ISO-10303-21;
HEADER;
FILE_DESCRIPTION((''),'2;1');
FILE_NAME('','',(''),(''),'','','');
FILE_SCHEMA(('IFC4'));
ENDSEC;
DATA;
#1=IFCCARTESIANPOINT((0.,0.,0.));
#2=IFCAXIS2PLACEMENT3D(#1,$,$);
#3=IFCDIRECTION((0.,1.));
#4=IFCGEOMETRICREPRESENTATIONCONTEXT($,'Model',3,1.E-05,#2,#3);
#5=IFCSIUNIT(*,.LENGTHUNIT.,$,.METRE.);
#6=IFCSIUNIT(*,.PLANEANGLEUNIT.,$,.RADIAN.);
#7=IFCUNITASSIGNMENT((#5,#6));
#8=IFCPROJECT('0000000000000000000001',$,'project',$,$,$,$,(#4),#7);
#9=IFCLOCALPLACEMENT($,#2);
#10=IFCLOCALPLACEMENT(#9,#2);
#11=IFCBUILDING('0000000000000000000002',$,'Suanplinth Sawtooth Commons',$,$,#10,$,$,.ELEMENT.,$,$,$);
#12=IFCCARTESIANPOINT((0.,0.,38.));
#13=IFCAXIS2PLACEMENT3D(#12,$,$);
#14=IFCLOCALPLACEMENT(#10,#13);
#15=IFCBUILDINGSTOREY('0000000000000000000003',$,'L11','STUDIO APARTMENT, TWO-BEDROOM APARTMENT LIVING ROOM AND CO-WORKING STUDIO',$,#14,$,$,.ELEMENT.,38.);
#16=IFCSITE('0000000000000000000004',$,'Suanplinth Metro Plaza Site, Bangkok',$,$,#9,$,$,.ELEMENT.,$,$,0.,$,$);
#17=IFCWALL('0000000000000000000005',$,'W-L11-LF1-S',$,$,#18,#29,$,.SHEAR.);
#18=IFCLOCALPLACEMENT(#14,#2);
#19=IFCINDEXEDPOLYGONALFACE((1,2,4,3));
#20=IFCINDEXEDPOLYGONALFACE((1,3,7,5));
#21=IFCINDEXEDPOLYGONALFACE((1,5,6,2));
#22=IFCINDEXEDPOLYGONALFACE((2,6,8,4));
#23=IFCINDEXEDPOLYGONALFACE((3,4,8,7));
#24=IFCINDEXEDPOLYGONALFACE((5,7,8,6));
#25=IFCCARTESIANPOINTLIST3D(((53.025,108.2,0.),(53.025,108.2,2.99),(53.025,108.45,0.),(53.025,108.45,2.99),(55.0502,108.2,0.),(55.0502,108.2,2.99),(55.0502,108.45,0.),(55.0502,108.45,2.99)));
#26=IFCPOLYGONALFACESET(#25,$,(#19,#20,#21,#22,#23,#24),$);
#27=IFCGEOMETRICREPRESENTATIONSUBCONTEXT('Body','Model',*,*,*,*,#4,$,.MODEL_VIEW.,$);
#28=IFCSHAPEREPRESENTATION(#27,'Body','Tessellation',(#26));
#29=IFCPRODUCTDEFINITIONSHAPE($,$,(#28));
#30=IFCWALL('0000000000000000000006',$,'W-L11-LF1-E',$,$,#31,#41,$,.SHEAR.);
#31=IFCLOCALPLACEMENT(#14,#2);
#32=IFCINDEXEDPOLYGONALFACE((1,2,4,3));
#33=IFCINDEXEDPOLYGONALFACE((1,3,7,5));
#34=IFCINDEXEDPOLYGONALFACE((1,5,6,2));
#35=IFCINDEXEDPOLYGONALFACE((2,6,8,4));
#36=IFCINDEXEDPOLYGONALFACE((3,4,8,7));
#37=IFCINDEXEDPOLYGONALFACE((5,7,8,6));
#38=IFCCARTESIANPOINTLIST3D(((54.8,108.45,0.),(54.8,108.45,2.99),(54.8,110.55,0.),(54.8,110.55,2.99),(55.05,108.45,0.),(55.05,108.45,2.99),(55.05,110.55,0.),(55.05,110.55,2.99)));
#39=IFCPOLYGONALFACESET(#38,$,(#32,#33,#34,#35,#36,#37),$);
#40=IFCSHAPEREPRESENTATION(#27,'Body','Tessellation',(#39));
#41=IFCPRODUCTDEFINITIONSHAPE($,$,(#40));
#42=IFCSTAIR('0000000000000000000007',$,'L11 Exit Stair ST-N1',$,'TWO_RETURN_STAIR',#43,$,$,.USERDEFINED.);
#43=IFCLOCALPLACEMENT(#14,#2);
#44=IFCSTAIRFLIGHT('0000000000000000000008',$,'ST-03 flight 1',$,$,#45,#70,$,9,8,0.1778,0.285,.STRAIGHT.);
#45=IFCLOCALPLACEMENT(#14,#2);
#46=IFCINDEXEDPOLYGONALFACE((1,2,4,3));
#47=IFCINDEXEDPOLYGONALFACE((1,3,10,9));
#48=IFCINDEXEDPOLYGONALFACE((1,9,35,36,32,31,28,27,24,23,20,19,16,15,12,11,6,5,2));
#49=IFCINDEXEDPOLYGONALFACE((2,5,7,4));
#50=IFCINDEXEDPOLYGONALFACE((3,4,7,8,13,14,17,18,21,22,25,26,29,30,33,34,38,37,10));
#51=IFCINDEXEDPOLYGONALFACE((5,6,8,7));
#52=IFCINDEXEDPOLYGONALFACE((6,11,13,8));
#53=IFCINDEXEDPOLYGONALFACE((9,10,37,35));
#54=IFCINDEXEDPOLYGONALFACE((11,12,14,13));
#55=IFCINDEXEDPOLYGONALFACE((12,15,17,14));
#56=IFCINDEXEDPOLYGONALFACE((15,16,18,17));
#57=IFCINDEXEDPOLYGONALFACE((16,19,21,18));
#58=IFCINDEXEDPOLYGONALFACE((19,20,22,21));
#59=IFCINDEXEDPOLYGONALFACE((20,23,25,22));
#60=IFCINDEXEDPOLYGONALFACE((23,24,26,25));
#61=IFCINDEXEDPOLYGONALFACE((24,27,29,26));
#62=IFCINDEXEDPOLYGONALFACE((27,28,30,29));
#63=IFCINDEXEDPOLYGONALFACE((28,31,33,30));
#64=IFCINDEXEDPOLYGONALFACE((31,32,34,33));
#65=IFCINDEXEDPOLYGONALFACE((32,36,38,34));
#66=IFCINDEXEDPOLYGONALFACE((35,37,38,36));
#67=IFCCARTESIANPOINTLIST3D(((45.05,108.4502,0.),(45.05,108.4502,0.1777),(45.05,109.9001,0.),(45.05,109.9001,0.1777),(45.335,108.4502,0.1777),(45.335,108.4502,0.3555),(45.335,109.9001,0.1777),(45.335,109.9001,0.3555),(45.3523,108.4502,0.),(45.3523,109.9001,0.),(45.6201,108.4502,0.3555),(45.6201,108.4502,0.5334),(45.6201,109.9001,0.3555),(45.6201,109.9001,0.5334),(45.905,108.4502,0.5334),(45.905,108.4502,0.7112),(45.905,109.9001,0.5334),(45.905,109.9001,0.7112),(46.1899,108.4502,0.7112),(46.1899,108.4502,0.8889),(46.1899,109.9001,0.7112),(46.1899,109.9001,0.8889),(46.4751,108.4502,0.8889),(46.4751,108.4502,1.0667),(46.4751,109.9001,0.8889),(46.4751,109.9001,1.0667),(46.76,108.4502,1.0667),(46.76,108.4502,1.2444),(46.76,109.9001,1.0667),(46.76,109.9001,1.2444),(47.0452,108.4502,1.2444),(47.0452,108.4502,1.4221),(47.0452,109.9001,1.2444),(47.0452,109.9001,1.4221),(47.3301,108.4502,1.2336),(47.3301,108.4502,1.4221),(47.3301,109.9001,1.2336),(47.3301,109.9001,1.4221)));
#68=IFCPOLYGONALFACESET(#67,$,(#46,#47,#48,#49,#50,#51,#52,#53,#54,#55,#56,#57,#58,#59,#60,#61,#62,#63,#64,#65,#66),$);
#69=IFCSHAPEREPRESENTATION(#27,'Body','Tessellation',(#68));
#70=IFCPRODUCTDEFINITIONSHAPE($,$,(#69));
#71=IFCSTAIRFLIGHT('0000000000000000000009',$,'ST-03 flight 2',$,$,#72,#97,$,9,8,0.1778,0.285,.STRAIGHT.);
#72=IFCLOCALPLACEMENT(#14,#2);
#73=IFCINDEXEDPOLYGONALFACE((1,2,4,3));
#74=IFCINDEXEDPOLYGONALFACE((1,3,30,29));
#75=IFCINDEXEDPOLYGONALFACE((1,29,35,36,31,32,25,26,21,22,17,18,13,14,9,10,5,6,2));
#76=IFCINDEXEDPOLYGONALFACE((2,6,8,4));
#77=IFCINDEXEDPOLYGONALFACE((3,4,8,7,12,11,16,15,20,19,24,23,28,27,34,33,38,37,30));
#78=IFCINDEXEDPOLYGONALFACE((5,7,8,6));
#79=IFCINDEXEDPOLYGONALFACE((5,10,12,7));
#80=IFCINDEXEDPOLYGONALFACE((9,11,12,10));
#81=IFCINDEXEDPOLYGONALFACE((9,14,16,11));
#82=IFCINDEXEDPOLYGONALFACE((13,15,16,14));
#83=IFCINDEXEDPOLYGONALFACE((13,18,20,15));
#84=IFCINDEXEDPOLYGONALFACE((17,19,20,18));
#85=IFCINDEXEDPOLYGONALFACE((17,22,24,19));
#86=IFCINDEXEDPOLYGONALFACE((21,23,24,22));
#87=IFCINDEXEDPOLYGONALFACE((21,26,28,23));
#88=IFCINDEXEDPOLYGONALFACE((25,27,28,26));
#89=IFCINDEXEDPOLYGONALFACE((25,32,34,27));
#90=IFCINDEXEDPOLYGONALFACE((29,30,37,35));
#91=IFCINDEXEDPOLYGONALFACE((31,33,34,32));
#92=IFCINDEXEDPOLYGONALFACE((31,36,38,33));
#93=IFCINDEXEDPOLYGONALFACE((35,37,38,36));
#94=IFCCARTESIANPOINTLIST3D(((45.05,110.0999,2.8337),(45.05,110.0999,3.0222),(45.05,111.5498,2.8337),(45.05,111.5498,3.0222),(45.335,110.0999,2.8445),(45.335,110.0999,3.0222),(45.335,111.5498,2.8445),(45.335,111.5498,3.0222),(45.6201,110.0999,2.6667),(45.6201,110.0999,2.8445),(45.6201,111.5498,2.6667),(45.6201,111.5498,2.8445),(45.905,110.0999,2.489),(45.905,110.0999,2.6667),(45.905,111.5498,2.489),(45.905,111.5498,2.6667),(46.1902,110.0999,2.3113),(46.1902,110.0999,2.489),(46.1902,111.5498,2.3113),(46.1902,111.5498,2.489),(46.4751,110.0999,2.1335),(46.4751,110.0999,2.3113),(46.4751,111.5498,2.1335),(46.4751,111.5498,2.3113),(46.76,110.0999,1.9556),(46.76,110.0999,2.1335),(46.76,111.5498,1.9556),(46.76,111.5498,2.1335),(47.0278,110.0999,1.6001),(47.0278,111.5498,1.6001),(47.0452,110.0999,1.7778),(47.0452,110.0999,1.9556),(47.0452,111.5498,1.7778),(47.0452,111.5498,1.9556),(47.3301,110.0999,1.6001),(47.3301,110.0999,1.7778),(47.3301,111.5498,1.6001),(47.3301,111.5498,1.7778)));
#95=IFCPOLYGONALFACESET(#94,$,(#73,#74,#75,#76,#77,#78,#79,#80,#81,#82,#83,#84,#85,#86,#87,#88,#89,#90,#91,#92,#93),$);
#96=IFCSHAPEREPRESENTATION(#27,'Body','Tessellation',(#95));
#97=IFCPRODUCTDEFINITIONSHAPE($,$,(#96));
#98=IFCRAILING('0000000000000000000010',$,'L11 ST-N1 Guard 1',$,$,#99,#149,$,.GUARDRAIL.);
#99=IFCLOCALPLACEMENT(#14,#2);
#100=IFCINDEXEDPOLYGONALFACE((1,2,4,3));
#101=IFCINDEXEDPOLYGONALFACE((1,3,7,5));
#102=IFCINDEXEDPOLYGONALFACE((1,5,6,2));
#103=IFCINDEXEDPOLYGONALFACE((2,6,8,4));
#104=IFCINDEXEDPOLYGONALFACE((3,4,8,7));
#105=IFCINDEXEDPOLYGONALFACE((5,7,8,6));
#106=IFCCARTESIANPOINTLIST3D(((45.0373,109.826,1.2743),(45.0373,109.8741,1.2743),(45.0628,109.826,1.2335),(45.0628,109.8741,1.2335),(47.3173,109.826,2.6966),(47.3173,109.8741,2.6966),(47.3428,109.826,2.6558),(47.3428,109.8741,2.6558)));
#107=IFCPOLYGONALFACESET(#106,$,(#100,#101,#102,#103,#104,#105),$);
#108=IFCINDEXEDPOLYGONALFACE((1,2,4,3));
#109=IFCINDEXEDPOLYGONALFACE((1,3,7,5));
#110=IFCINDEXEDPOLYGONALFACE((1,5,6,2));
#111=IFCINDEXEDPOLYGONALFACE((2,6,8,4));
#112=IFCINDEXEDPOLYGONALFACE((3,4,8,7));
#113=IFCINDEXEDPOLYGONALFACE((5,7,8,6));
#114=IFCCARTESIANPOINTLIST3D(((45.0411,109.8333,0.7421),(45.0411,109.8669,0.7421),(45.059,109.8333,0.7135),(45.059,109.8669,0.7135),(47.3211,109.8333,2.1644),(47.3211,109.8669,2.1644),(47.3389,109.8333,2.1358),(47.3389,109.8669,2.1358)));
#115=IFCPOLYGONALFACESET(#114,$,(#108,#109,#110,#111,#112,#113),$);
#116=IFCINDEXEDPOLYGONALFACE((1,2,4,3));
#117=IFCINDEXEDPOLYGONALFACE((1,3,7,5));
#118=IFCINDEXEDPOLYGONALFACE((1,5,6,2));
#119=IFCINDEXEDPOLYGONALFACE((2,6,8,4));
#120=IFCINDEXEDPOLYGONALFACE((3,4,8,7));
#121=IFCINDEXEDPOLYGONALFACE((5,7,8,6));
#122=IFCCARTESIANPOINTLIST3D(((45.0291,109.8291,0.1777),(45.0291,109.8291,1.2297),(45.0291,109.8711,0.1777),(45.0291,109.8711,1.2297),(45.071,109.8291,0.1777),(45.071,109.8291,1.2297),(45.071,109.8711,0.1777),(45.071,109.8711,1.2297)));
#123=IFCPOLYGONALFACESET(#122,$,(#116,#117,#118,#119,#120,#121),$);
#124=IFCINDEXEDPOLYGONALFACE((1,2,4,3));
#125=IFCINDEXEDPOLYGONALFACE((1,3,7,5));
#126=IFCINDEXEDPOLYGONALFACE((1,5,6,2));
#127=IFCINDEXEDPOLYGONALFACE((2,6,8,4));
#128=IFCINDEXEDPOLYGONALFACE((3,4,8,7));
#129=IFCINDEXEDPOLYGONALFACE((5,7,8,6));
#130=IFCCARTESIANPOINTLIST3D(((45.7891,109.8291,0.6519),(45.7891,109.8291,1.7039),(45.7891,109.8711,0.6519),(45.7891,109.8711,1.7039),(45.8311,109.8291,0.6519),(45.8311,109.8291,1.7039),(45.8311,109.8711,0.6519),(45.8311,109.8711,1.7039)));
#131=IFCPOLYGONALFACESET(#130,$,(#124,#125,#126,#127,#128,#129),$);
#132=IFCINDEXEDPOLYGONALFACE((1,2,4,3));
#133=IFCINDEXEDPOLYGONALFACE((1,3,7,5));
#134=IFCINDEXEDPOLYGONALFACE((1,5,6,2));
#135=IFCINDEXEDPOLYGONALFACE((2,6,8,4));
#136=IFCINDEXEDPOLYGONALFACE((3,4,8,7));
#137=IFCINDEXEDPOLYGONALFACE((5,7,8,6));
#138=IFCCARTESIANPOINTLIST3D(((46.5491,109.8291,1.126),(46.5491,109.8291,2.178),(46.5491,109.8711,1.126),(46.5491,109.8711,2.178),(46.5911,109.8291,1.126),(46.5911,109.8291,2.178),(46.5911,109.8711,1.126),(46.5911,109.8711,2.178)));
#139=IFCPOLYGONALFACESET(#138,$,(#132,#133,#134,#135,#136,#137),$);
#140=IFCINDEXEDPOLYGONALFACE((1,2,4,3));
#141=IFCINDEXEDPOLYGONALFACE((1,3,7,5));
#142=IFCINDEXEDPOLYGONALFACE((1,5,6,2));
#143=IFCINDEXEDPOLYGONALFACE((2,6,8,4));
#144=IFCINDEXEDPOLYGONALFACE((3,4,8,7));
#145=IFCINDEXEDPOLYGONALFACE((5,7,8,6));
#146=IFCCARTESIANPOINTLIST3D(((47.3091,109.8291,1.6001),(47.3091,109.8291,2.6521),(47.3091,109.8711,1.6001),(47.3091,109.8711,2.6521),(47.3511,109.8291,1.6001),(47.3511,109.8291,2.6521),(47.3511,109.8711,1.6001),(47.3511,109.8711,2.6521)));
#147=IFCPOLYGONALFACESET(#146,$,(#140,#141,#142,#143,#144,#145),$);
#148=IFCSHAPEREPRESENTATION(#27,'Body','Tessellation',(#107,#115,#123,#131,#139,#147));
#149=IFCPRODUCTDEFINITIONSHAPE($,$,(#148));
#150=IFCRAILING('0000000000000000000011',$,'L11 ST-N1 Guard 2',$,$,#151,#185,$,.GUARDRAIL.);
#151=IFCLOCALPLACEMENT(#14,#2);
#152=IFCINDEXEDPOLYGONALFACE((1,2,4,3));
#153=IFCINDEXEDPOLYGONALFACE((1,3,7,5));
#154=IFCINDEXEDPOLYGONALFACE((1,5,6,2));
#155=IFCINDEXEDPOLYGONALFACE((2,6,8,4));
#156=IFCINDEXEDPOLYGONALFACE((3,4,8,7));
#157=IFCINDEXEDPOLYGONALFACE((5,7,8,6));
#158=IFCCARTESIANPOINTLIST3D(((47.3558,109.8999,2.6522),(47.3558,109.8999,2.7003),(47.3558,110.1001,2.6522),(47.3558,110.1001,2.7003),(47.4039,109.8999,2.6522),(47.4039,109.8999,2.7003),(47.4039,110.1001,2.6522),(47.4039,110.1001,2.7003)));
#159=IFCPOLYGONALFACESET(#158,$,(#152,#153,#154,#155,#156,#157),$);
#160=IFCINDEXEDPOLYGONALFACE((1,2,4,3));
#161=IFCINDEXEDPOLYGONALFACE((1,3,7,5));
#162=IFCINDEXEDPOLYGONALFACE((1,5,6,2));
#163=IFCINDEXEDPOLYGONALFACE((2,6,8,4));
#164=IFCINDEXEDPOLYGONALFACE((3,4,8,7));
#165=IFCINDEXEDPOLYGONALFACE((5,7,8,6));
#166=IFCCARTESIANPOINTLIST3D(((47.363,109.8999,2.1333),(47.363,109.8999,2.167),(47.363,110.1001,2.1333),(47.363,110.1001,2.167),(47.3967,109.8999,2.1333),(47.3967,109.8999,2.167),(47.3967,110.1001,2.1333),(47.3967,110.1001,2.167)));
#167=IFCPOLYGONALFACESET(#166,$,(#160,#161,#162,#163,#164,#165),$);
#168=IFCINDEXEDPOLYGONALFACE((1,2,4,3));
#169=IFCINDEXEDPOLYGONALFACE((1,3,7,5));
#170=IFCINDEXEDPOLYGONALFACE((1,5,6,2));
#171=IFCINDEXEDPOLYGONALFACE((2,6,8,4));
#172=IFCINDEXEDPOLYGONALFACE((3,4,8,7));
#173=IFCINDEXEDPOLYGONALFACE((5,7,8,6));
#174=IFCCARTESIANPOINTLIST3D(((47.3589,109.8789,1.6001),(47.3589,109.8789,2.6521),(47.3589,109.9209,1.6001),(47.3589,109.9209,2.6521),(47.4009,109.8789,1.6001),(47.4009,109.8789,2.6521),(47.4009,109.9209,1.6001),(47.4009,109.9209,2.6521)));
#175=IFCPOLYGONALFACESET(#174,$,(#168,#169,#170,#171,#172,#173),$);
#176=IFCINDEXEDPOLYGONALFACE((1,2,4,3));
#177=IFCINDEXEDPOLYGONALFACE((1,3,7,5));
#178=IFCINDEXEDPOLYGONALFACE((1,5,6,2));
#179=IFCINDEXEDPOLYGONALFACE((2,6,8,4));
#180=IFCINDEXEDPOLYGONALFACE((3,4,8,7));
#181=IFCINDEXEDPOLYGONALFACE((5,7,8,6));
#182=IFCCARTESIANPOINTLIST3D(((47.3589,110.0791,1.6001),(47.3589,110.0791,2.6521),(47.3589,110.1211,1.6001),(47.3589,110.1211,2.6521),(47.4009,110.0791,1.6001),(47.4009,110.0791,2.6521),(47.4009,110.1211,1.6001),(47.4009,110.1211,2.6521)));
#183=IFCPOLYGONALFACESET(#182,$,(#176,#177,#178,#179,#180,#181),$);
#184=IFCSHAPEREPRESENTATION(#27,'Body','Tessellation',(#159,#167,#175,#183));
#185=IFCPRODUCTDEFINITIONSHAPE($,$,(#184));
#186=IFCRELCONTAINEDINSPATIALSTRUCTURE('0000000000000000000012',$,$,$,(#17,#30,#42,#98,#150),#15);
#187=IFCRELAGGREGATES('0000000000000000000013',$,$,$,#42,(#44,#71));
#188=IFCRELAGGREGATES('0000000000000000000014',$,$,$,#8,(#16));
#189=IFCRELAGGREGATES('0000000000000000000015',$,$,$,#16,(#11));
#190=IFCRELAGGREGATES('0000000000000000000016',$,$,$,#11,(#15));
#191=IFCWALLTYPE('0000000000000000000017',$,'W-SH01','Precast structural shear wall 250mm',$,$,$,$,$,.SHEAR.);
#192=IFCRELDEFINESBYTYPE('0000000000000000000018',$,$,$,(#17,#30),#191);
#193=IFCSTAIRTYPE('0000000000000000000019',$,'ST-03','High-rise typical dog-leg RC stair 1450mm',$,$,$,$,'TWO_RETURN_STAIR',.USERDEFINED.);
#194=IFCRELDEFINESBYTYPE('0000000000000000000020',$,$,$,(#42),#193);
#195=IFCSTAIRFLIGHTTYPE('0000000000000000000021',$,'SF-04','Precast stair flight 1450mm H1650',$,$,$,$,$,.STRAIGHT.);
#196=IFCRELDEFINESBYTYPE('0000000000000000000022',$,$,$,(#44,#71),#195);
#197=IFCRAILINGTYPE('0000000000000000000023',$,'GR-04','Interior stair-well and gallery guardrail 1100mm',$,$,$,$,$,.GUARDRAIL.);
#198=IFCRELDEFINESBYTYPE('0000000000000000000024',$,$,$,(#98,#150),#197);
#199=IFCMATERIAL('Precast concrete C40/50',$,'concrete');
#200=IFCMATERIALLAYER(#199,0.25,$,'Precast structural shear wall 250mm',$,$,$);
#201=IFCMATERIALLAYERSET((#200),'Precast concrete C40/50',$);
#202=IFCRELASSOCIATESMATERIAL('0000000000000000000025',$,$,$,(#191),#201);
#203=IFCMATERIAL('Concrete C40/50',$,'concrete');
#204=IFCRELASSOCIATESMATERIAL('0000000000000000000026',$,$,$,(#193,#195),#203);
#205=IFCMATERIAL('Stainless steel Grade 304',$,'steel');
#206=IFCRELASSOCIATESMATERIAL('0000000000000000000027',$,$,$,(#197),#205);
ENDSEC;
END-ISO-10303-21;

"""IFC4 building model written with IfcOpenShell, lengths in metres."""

from ifc_helpers import new_model, si_unit, direction, frame, frame_2d, origin, origin_2d, place, context, subcontext, project, spatial, polyline, rectangle, outline, extrude, material, layer, layer_set, type_object, element, aggregate, save


model = new_model("IFC4")

# Units and contexts
model_context = context("Model", 3, precision=1e-05, world=origin(), true_north=direction((0.0, 1.0)))
body_context = subcontext(model_context, "Body", "Model", "MODEL_VIEW")
ifc_project = project(units=[si_unit("LENGTHUNIT", "METRE"), si_unit("PLANEANGLEUNIT", "RADIAN")], contexts=[model_context])

# Site, building, storey
site_placement = place(None, origin())
site = spatial("IfcSite", under=ifc_project, at=site_placement, Name="Suanplinth Metro Plaza Site, Bangkok", CompositionType="ELEMENT", RefElevation=0.0)
building_placement = place(site_placement, origin())
building = spatial("IfcBuilding", under=site, at=building_placement, Name="Suanplinth Sawtooth Commons", CompositionType="ELEMENT")
storey_placement = place(building_placement, frame((0.0, 0.0, 38.0)))
storey = spatial("IfcBuildingStorey", under=building, at=storey_placement, Name="L11", Description="STUDIO APARTMENT, TWO-BEDROOM APARTMENT LIVING ROOM AND CO-WORKING STUDIO", CompositionType="ELEMENT", Elevation=38.0)

# Shared definitions
ifc_material_1 = material(Name="Precast concrete C40/50", Category="concrete")

# Shared definitions
ifc_material_2 = material(Name="Concrete C40/50", Category="concrete")

# Shared definitions
ifc_layer_1 = layer(ifc_material_1, 0.25, Name="Precast structural shear wall 250mm")
ifc_layer_set_1 = layer_set([ifc_layer_1], Name="Precast concrete C40/50")
wall_type_1 = type_object("IfcWallType", Name="W-SH01", Description="Precast structural shear wall 250mm", PredefinedType="SHEAR", material=ifc_layer_set_1)

# Shared definitions
ifc_material_3 = material(Name="Stainless steel Grade 304", Category="steel")

# Wall
wall_1_placement = place(storey_placement, frame((53.0249, 108.325, 0.0), z_axis=(0.0, 0.0, 1.0), x_axis=(1.0, 0.0, 0.0)))
element("IfcWall", 1, at=wall_1_placement, inside=storey, type_object=wall_type_1, Name="W-L11-LF1-S", PredefinedType="SHEAR", context=body_context, shape_type="SweptSolid", body=[
    extrude(rectangle(XDim=2.0251, YDim=0.25, at=frame_2d((1.0127, 0.0))), origin(), (0.0, 0.0, 1.0), 2.99),
])

# Wall
wall_2_placement = place(storey_placement, frame((54.925, 108.45, 0.0), z_axis=(0.0, 0.0, 1.0), x_axis=(0.0, 1.0, 0.0)))
element("IfcWall", 2, at=wall_2_placement, inside=storey, type_object=wall_type_1, Name="W-L11-LF1-E", PredefinedType="SHEAR", context=body_context, shape_type="SweptSolid", body=[
    extrude(rectangle(XDim=2.1001, YDim=0.25, at=frame_2d((1.05, 0.0))), origin(), (0.0, 0.0, 1.0), 2.99),
])

# Stair, stair flights
stair_type = type_object("IfcStairType", Name="ST-03", Description="High-rise typical dog-leg RC stair 1450mm", ElementType="TWO_RETURN_STAIR", PredefinedType="USERDEFINED", material=ifc_material_2)
stair_placement = place(storey_placement, origin())
stair = element("IfcStair", 3, at=stair_placement, inside=storey, type_object=stair_type, Name="L11 Exit Stair ST-N1", ObjectType="TWO_RETURN_STAIR", PredefinedType="USERDEFINED")
stair_flight_type = type_object("IfcStairFlightType", Name="SF-04", Description="Precast stair flight 1450mm H1650", PredefinedType="STRAIGHT", material=ifc_material_2)
stair_flight_1_placement = place(storey_placement, frame((45.05, 109.175, 0.0), z_axis=(0.0, 0.0, 1.0), x_axis=(1.0, 0.0, 0.0)))
stair_flight_1 = element("IfcStairFlight", 4, at=stair_flight_1_placement, type_object=stair_flight_type, Name="ST-03 flight 1", NumberOfRisers=9, NumberOfTreads=8, PredefinedType="STRAIGHT", RiserHeight=0.1778, TreadLength=0.285, context=body_context, shape_type="SweptSolid", body=[
    extrude(outline(polyline([(0.0, 0.0), (0.0, 0.1777), (0.2849, 0.1777), (0.2849, 0.3555), (0.5701, 0.3555), (0.5701, 0.5334), (0.855, 0.5334), (0.855, 0.7112), (1.1399, 0.7112), (1.1399, 0.8889), (1.425, 0.8889), (1.425, 1.0667), (1.71, 1.0667), (1.71, 1.2444), (1.9951, 1.2444), (1.9951, 1.4221), (2.28, 1.4221), (2.28, 1.6001), (2.28, 1.2336), (0.3022, 0.0), (0.0, 0.0)])), frame((0.0, 0.7251, 0.0), z_axis=(0.0, -1.0, 0.0), x_axis=(1.0, 0.0, 0.0)), (0.0, 0.0, 1.0), 1.45),
])
stair_flight_2_placement = place(storey_placement, frame((47.3301, 110.825, 1.6001), z_axis=(0.0, 0.0, 1.0), x_axis=(-1.0, 0.0, 0.0)))
stair_flight_2 = element("IfcStairFlight", 5, at=stair_flight_2_placement, type_object=stair_flight_type, Name="ST-03 flight 2", NumberOfRisers=9, NumberOfTreads=8, PredefinedType="STRAIGHT", RiserHeight=0.1778, TreadLength=0.285, context=body_context, shape_type="SweptSolid", body=[
    extrude(outline(polyline([(0.0, 0.0), (0.0, 0.1777), (0.2849, 0.1777), (0.2849, 0.3555), (0.5701, 0.3555), (0.5701, 0.5334), (0.855, 0.5334), (0.855, 0.7112), (1.1399, 0.7112), (1.1399, 0.8889), (1.425, 0.8889), (1.425, 1.0667), (1.71, 1.0667), (1.71, 1.2444), (1.9951, 1.2444), (1.9951, 1.4221), (2.28, 1.4221), (2.28, 1.6001), (2.28, 1.2336), (0.3022, 0.0), (0.0, 0.0)])), frame((0.0, 0.7251, 0.0), z_axis=(0.0, -1.0, 0.0), x_axis=(1.0, 0.0, 0.0)), (0.0, 0.0, 1.0), 1.45),
])
aggregate(stair, [stair_flight_1, stair_flight_2])

# Railings
railing_type_1 = type_object("IfcRailingType", Name="GR-04", Description="Interior stair-well and gallery guardrail 1100mm", PredefinedType="GUARDRAIL", material=ifc_material_3)
railing_1_placement = place(storey_placement, frame((45.05, 109.8501, 0.1777)))
element("IfcRailing", 6, at=railing_1_placement, inside=storey, type_object=railing_type_1, Name="L11 ST-N1 Guard 1", PredefinedType="GUARDRAIL", context=body_context, shape_type="SweptSolid", body=[
    extrude(rectangle(XDim=0.0481, YDim=0.0481, at=origin_2d()), frame((0.0, 0.0, 1.0762), z_axis=(0.848442, 0.0, 0.529288), x_axis=(0.0, 1.0, 0.0)), (0.0, 0.0, 1.0), 2.6873),
    extrude(rectangle(XDim=0.0337, YDim=0.0337, at=origin_2d()), frame((0.0, 0.0, 0.55), z_axis=(0.848442, 0.0, 0.529288), x_axis=(0.0, 1.0, 0.0)), (0.0, 0.0, 1.0), 2.6873),
    extrude(rectangle(XDim=0.042, YDim=0.042, at=origin_2d()), origin(), (0.0, 0.0, 1.0), 1.052),
    extrude(rectangle(XDim=0.042, YDim=0.042, at=origin_2d()), frame((0.76, 0.0, 0.4741)), (0.0, 0.0, 1.0), 1.052),
    extrude(rectangle(XDim=0.042, YDim=0.042, at=origin_2d()), frame((1.52, 0.0, 0.9482)), (0.0, 0.0, 1.0), 1.052),
    extrude(rectangle(XDim=0.042, YDim=0.042, at=origin_2d()), frame((2.28, 0.0, 1.4224)), (0.0, 0.0, 1.0), 1.052),
])
railing_2_placement = place(storey_placement, frame((47.3799, 109.8999, 1.6001)))
element("IfcRailing", 7, at=railing_2_placement, inside=storey, type_object=railing_type_1, Name="L11 ST-N1 Guard 2", PredefinedType="GUARDRAIL", context=body_context, shape_type="SweptSolid", body=[
    extrude(rectangle(XDim=0.0481, YDim=0.0481, at=origin_2d()), frame((0.0, 0.0, 1.0762), z_axis=(0.0, 1.0, 0.0), x_axis=(-1.0, 0.0, 0.0)), (0.0, 0.0, 1.0), 0.2002),
    extrude(rectangle(XDim=0.0337, YDim=0.0337, at=origin_2d()), frame((0.0, 0.0, 0.55), z_axis=(0.0, 1.0, 0.0), x_axis=(-1.0, 0.0, 0.0)), (0.0, 0.0, 1.0), 0.2002),
    extrude(rectangle(XDim=0.042, YDim=0.042, at=origin_2d()), origin(), (0.0, 0.0, 1.0), 1.052),
    extrude(rectangle(XDim=0.042, YDim=0.042, at=origin_2d()), frame((0.0, 0.2002, 0.0)), (0.0, 0.0, 1.0), 1.052),
])

save(model, "model.ifc")
